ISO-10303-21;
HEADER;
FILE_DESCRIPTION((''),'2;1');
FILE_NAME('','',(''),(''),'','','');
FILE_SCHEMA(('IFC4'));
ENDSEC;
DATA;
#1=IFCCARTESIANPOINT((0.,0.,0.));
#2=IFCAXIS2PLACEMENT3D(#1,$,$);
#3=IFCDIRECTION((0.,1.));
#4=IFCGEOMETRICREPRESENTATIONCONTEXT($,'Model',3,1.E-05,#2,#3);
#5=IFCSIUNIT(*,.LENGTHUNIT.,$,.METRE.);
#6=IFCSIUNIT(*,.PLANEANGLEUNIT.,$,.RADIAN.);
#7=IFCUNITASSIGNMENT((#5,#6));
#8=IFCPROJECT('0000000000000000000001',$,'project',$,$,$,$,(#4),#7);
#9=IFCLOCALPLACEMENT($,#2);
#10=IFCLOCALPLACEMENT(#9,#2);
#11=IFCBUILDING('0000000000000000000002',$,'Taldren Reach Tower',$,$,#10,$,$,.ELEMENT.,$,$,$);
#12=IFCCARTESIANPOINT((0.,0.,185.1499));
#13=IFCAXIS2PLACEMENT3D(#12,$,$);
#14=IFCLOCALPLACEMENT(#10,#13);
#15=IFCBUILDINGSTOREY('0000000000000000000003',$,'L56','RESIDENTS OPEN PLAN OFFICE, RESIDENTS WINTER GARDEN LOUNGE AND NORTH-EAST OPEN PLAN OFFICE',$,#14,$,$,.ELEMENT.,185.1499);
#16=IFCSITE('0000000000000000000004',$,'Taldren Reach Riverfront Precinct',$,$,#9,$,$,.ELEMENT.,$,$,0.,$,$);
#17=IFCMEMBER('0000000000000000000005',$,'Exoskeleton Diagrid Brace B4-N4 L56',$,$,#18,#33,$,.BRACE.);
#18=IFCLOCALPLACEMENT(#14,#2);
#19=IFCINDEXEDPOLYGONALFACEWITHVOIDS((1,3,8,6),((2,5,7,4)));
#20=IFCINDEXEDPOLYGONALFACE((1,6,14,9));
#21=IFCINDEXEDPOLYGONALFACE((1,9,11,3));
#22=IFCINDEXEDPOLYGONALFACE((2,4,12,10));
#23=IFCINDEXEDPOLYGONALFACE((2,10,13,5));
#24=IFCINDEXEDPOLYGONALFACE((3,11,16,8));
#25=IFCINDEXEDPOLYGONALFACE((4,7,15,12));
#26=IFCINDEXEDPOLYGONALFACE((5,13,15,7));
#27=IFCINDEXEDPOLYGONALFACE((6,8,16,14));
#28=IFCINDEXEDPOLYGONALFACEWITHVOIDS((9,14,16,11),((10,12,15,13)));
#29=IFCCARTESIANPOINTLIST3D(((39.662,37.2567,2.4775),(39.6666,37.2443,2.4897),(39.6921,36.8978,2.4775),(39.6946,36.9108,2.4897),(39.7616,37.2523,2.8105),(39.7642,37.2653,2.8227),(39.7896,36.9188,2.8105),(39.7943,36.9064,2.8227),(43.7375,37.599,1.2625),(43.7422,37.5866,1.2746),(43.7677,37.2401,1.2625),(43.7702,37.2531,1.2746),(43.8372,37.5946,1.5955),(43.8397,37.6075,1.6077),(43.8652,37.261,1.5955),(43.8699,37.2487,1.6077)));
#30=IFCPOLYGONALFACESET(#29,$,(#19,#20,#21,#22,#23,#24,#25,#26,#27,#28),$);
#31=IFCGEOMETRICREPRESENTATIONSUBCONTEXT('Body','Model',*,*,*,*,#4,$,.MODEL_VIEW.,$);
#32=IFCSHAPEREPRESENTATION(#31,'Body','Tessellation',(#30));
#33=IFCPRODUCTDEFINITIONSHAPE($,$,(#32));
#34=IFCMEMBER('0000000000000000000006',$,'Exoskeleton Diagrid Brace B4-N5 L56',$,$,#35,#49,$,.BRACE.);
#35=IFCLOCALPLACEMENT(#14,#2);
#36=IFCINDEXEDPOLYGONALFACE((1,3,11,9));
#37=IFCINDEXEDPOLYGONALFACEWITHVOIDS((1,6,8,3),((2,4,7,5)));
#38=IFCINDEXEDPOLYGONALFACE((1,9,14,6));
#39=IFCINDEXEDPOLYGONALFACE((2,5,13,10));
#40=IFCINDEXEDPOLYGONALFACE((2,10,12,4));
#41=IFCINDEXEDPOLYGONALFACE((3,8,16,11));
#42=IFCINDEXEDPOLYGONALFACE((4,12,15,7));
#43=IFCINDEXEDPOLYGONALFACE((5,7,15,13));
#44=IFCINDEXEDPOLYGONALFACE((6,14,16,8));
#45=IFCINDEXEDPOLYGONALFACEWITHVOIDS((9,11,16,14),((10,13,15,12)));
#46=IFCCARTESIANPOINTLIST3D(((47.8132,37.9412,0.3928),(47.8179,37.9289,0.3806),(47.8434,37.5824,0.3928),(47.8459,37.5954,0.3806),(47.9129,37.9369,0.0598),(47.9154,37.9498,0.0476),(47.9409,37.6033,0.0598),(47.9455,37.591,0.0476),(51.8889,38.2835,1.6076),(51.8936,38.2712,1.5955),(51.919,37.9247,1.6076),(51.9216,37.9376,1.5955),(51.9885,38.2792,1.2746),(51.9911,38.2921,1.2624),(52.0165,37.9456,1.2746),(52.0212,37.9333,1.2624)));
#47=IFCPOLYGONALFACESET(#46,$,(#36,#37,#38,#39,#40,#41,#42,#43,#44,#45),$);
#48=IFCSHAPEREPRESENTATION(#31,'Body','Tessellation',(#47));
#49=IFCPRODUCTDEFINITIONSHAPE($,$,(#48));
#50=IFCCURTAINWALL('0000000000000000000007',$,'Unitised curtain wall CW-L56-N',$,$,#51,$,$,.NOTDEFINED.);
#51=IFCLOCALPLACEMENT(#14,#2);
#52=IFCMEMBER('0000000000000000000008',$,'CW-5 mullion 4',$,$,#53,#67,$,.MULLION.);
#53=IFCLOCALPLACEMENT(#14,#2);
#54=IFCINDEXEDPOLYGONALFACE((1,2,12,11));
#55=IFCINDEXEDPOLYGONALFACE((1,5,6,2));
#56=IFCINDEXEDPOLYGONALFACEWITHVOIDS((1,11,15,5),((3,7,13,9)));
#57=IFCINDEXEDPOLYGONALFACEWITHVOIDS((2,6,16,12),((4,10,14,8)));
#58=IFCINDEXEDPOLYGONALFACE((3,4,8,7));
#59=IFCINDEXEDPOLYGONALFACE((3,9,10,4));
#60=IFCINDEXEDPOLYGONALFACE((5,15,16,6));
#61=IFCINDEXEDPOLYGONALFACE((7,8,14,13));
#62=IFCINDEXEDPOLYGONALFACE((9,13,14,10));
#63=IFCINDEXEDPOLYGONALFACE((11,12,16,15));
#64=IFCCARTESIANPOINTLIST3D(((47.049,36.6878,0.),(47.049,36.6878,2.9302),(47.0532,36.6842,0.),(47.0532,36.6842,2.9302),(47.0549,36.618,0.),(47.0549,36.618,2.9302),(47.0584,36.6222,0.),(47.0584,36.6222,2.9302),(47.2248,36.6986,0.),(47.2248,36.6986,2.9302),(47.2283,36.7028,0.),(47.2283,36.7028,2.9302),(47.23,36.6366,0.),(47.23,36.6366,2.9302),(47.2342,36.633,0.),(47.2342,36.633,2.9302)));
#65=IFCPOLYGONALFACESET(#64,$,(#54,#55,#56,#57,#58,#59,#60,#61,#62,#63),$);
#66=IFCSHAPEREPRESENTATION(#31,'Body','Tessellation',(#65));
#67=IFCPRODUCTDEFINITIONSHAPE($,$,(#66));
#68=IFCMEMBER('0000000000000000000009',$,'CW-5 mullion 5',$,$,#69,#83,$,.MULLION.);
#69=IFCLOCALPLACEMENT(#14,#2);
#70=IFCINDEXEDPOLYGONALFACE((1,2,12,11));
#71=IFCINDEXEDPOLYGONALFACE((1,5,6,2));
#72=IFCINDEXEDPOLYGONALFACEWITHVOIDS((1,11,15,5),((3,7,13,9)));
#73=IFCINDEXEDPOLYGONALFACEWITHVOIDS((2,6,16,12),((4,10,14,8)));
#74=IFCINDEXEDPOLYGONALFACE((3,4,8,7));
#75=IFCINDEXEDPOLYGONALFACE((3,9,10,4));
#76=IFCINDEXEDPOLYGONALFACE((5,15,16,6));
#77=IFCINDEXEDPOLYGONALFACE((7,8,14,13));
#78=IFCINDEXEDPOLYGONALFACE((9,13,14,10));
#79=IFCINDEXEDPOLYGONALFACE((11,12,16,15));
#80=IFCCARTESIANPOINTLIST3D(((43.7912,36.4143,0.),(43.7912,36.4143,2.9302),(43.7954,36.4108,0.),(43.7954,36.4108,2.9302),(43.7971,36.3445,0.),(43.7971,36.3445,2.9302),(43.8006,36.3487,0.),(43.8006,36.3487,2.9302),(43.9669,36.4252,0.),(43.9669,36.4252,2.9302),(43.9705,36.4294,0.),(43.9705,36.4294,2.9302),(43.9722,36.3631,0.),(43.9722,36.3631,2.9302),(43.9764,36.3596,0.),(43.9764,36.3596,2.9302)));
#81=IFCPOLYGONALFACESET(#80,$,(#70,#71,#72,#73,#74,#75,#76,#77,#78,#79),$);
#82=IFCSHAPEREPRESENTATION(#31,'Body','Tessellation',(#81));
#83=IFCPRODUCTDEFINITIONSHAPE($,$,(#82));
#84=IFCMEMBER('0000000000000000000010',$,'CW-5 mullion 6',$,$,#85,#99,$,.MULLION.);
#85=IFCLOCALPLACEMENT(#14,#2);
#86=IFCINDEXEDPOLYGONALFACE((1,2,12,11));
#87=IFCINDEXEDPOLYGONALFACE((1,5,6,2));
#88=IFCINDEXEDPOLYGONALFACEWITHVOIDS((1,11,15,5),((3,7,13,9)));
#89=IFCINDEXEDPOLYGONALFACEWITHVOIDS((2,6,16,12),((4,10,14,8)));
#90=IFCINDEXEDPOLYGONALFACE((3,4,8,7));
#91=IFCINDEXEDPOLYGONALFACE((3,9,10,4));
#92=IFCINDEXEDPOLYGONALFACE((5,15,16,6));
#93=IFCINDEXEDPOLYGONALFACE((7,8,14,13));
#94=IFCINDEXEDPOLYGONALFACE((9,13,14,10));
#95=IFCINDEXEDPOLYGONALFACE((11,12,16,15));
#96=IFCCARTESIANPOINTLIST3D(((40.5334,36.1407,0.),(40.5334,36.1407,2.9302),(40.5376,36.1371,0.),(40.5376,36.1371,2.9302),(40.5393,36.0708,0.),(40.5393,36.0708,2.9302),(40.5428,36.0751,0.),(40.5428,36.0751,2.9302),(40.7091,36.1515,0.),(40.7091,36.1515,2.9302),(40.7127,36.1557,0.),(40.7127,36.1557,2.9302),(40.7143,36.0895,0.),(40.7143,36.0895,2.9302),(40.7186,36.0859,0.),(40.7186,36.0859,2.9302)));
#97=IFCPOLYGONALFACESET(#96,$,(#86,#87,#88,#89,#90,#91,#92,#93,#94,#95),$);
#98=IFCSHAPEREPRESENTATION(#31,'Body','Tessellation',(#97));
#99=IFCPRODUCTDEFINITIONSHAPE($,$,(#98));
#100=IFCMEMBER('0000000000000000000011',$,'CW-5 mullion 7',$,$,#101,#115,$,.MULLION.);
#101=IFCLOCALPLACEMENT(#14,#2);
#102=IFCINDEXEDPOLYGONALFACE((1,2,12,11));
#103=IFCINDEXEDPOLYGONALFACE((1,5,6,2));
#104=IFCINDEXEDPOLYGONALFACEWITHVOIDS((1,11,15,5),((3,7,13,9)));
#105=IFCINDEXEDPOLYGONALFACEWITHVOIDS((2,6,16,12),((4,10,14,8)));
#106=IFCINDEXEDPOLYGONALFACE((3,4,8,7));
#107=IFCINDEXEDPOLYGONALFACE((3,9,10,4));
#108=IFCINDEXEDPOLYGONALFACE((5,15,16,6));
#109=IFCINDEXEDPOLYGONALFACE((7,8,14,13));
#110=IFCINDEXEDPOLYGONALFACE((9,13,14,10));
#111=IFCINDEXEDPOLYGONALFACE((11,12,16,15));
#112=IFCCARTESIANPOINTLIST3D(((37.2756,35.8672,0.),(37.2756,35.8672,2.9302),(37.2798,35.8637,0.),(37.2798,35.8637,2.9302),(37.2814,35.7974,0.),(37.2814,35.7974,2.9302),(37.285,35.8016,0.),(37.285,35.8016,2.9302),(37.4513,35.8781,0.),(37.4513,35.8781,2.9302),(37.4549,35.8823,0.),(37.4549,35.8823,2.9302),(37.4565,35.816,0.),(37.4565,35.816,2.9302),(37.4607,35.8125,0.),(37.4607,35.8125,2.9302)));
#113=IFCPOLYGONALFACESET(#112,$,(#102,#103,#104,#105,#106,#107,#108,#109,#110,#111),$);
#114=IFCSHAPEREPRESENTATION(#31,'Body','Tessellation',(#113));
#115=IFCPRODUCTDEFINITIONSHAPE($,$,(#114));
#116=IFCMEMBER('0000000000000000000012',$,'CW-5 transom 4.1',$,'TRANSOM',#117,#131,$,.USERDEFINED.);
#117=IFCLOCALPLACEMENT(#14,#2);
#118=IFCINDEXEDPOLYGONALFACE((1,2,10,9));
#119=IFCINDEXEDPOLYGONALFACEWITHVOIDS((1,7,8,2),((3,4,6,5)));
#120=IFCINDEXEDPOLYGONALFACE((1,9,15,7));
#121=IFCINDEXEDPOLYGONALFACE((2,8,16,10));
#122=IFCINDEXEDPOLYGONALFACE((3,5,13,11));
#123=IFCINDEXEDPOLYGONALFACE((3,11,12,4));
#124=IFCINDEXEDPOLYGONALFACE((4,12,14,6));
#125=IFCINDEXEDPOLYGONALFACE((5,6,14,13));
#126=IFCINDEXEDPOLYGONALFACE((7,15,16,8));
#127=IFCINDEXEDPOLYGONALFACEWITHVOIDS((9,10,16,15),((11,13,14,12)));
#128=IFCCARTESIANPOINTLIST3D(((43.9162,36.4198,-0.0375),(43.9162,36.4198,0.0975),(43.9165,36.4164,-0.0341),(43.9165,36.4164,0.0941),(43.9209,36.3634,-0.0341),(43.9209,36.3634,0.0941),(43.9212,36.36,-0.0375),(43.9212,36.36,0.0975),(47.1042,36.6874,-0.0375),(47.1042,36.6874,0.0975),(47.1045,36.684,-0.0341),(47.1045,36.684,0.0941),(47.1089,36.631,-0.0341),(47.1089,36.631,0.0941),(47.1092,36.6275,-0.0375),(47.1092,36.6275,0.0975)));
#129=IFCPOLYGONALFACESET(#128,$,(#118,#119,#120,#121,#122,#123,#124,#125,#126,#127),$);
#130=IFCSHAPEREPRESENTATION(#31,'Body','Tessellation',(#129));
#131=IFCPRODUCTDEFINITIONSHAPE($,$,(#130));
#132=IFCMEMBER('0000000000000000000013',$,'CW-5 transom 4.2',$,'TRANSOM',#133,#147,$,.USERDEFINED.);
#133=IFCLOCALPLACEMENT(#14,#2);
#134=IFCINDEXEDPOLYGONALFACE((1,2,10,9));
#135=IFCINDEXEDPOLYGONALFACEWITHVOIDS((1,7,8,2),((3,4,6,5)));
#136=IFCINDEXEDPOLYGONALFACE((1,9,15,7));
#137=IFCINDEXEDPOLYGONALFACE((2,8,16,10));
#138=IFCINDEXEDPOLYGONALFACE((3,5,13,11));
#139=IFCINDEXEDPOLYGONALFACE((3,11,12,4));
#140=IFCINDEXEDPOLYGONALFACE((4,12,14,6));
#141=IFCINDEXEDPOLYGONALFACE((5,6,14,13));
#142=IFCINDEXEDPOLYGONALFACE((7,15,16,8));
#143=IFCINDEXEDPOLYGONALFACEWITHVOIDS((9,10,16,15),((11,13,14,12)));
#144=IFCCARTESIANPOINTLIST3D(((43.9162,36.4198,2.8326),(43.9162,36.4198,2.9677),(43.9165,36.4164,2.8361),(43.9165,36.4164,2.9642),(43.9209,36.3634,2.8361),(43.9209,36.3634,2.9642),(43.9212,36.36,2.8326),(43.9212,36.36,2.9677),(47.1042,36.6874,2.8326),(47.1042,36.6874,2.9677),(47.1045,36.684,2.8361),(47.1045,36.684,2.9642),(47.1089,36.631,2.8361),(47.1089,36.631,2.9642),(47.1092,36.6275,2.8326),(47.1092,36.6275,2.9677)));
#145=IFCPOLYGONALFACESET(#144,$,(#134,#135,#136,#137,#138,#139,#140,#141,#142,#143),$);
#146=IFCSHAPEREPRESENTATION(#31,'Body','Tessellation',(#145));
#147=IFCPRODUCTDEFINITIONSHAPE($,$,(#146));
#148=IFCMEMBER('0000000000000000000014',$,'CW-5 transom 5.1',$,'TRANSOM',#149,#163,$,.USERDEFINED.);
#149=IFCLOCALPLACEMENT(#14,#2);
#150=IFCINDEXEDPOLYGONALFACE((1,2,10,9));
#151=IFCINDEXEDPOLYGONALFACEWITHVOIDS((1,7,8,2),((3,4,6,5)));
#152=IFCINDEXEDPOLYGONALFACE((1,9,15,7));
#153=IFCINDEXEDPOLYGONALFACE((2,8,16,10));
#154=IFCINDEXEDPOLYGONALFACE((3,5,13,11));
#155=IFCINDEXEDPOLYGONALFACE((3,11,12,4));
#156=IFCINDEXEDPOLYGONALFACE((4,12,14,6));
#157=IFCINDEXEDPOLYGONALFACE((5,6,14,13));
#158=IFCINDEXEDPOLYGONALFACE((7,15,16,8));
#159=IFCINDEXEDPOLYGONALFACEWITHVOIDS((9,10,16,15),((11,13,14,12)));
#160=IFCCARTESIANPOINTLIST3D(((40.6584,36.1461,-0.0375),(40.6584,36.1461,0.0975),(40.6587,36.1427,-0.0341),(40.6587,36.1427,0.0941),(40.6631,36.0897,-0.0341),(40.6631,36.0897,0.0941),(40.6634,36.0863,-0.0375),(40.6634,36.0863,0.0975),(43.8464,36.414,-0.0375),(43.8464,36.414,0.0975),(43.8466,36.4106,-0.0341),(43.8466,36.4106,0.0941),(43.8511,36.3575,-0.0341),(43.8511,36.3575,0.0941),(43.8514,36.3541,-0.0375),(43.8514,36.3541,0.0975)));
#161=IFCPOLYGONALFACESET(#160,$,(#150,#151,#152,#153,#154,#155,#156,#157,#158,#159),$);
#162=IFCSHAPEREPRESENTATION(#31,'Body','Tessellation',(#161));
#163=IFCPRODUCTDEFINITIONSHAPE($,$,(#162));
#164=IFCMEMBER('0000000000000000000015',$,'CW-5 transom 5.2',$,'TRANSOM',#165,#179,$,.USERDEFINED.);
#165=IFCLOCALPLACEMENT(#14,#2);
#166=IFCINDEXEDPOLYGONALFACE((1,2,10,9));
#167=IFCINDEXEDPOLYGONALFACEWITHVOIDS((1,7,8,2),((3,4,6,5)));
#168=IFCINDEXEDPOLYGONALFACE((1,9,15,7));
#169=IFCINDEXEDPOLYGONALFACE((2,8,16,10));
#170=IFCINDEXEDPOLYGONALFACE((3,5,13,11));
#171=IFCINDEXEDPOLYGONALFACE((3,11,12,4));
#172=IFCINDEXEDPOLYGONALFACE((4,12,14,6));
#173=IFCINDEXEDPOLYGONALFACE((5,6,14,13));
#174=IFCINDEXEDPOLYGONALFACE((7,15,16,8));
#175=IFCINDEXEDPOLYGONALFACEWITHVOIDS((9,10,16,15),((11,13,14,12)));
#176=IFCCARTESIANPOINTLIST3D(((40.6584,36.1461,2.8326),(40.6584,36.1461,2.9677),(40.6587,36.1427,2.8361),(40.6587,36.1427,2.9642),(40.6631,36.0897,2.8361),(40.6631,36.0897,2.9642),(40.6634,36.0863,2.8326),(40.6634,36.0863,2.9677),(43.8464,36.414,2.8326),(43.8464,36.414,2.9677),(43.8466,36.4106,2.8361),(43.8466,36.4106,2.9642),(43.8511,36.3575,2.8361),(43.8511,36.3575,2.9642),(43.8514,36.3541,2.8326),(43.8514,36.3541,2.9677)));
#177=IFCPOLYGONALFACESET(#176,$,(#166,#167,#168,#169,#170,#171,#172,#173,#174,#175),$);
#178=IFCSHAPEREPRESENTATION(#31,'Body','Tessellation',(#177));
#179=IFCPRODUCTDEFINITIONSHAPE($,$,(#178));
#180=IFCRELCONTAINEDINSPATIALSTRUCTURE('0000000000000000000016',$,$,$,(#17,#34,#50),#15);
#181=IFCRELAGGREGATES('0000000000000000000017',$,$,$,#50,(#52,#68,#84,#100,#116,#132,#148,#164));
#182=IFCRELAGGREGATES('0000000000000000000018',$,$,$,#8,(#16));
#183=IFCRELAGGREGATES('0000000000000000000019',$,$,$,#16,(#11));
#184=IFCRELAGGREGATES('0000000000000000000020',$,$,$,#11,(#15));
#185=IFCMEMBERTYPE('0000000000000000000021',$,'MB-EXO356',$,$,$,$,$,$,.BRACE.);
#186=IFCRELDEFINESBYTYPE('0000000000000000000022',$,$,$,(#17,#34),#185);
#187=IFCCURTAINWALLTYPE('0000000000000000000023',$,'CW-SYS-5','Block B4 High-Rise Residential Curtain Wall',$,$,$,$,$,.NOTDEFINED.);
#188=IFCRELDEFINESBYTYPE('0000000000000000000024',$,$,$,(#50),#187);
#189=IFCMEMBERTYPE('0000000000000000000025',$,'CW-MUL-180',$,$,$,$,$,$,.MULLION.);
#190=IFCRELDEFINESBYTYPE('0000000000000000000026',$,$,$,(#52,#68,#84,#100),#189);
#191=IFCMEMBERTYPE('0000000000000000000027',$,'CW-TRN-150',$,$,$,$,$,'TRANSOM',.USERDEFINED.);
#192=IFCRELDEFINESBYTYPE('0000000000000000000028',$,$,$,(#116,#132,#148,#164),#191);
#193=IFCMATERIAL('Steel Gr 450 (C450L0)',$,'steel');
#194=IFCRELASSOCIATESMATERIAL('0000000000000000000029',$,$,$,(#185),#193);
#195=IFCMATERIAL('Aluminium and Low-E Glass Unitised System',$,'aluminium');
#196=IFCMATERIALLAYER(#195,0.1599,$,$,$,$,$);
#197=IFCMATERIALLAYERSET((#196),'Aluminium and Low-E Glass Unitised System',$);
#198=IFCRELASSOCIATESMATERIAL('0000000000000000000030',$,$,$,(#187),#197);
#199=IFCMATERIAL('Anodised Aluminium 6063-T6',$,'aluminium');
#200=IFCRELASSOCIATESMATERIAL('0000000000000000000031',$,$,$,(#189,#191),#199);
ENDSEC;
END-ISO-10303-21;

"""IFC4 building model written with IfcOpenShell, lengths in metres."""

from ifc_helpers import new_model, si_unit, direction, frame, origin, origin_2d, place, context, subcontext, project, spatial, hollow_rectangle, extrude, source, transform, mapped, material, layer, layer_set, material_profile, profile_set, type_object, element, aggregate, save


model = new_model("IFC4")

# Units and contexts
model_context = context("Model", 3, precision=1e-05, world=origin(), true_north=direction((0.0, 1.0)))
body_context = subcontext(model_context, "Body", "Model", "MODEL_VIEW")
ifc_project = project(units=[si_unit("LENGTHUNIT", "METRE"), si_unit("PLANEANGLEUNIT", "RADIAN")], contexts=[model_context])

# Site, building, storey
site_placement = place(None, origin())
site = spatial("IfcSite", under=ifc_project, at=site_placement, Name="Taldren Reach Riverfront Precinct", CompositionType="ELEMENT", RefElevation=0.0)
building_placement = place(site_placement, origin())
building = spatial("IfcBuilding", under=site, at=building_placement, Name="Taldren Reach Tower", CompositionType="ELEMENT")
storey_placement = place(building_placement, frame((0.0, 0.0, 185.1499)))
storey = spatial("IfcBuildingStorey", under=building, at=storey_placement, Name="L56", Description="RESIDENTS OPEN PLAN OFFICE, RESIDENTS WINTER GARDEN LOUNGE AND NORTH-EAST OPEN PLAN OFFICE", CompositionType="ELEMENT", Elevation=185.1499)

# Members
ifc_material_1 = material(Name="Steel Gr 450 (C450L0)", Category="steel")
ifc_material_profile_1 = material_profile(ifc_material_1, hollow_rectangle(XDim=0.3601, YDim=0.3601, WallThickness=0.0127, at=origin_2d()), Name="360x360x12.7SHS")
ifc_profile_set_1 = profile_set([ifc_material_profile_1], Name="Steel Gr 450 (C450L0)")
member_type_1 = type_object("IfcMemberType", Name="MB-EXO356", PredefinedType="BRACE", material=ifc_profile_set_1)
shared_shape_1 = source(origin(), body_context, "Body", "SweptSolid", [
    extrude(hollow_rectangle(XDim=0.3601, YDim=0.3601, WallThickness=0.0127, at=origin_2d()), origin(), (0.0, 0.0, 1.0), 4.2666),
])
for number, where, z_axis, x_axis, name in (
    (1, (43.8037, 37.4238, 1.4351), (-0.955229, -0.080222, 0.284783), (0.083688, -0.996492, 0.0), "Exoskeleton Diagrid Brace B4-N4 L56"),
    (2, (47.8794, 37.7661, 0.2202), (0.955245, 0.080224, 0.284731), (-0.083688, 0.996492, 0.0), "Exoskeleton Diagrid Brace B4-N5 L56"),
):
    element("IfcMember", number, at=place(storey_placement, frame(where, z_axis=z_axis, x_axis=x_axis)), inside=storey, type_object=member_type_1, Name=name, PredefinedType="BRACE", context=body_context, shape_type="MappedRepresentation", body=[
        mapped(shared_shape_1, transform((0.0, 0.0, 0.0), scale=1.0)),
    ])

# Curtain wall, members
ifc_material_2 = material(Name="Aluminium and Low-E Glass Unitised System", Category="aluminium")
ifc_layer_1 = layer(ifc_material_2, 0.1599)
ifc_layer_set_1 = layer_set([ifc_layer_1], Name="Aluminium and Low-E Glass Unitised System")
curtain_wall_type = type_object("IfcCurtainWallType", Name="CW-SYS-5", Description="Block B4 High-Rise Residential Curtain Wall", PredefinedType="NOTDEFINED", material=ifc_layer_set_1)
curtain_wall_placement = place(storey_placement, origin())
curtain_wall = element("IfcCurtainWall", 3, at=curtain_wall_placement, inside=storey, type_object=curtain_wall_type, Name="Unitised curtain wall CW-L56-N", PredefinedType="NOTDEFINED")
ifc_material_3 = material(Name="Anodised Aluminium 6063-T6", Category="aluminium")
ifc_material_profile_2 = material_profile(ifc_material_3, hollow_rectangle(XDim=0.0701, YDim=0.1799, WallThickness=0.0039, at=origin_2d()), Name="ALU-180x70x4RHS")
ifc_profile_set_2 = profile_set([ifc_material_profile_2], Name="Anodised Aluminium 6063-T6")
member_type_2 = type_object("IfcMemberType", Name="CW-MUL-180", PredefinedType="MULLION", material=ifc_profile_set_2)
shared_shape_2 = source(origin(), body_context, "Body", "SweptSolid", [
    extrude(hollow_rectangle(XDim=0.0701, YDim=0.1799, WallThickness=0.0039, at=origin_2d()), origin(), (0.0, 0.0, 1.0), 2.9302),
])
member_1_placement = place(storey_placement, frame((47.1416, 36.6604, 0.0), z_axis=(0.0, 0.0, 1.0), x_axis=(0.083678, -0.996493, 0.0)))
member_1 = element("IfcMember", 4, at=member_1_placement, type_object=member_type_2, Name="CW-5 mullion 4", PredefinedType="MULLION", context=body_context, shape_type="MappedRepresentation", body=[
    mapped(shared_shape_2, transform((0.0, 0.0, 0.0), scale=1.0)),
])
member_2_placement = place(storey_placement, frame((43.8838, 36.387, 0.0), z_axis=(0.0, 0.0, 1.0), x_axis=(0.083678, -0.996493, 0.0)))
member_2 = element("IfcMember", 5, at=member_2_placement, type_object=member_type_2, Name="CW-5 mullion 5", PredefinedType="MULLION", context=body_context, shape_type="MappedRepresentation", body=[
    mapped(shared_shape_2, transform((0.0, 0.0, 0.0), scale=1.0)),
])
member_3_placement = place(storey_placement, frame((40.626, 36.1133, 0.0), z_axis=(0.0, 0.0, 1.0), x_axis=(0.083678, -0.996493, 0.0)))
member_3 = element("IfcMember", 6, at=member_3_placement, type_object=member_type_2, Name="CW-5 mullion 6", PredefinedType="MULLION", context=body_context, shape_type="MappedRepresentation", body=[
    mapped(shared_shape_2, transform((0.0, 0.0, 0.0), scale=1.0)),
])
member_4_placement = place(storey_placement, frame((37.3682, 35.8398, 0.0), z_axis=(0.0, 0.0, 1.0), x_axis=(0.083678, -0.996493, 0.0)))
member_4 = element("IfcMember", 7, at=member_4_placement, type_object=member_type_2, Name="CW-5 mullion 7", PredefinedType="MULLION", context=body_context, shape_type="MappedRepresentation", body=[
    mapped(shared_shape_2, transform((0.0, 0.0, 0.0), scale=1.0)),
])
ifc_material_profile_3 = material_profile(ifc_material_3, hollow_rectangle(XDim=0.0601, YDim=0.135, WallThickness=0.0034, at=origin_2d()), Name="ALU-135x60x3.5RHS")
ifc_profile_set_3 = profile_set([ifc_material_profile_3], Name="Anodised Aluminium 6063-T6")
member_type_3 = type_object("IfcMemberType", Name="CW-TRN-150", ElementType="TRANSOM", PredefinedType="USERDEFINED", material=ifc_profile_set_3)
shared_shape_3 = source(origin(), body_context, "Body", "SweptSolid", [
    extrude(hollow_rectangle(XDim=0.0601, YDim=0.135, WallThickness=0.0034, at=origin_2d()), origin(), (0.0, 0.0, 1.0), 3.1992),
])
member_5_placement = place(storey_placement, frame((47.1067, 36.6575, 0.03), z_axis=(-0.996496, -0.083639, 0.0), x_axis=(0.083639, -0.996496, 0.0)))
member_5 = element("IfcMember", 8, at=member_5_placement, type_object=member_type_3, Name="CW-5 transom 4.1", ObjectType="TRANSOM", PredefinedType="USERDEFINED", context=body_context, shape_type="MappedRepresentation", body=[
    mapped(shared_shape_3, transform((0.0, 0.0, 0.0), scale=1.0)),
])
member_6_placement = place(storey_placement, frame((47.1067, 36.6575, 2.9001), z_axis=(-0.996496, -0.083639, 0.0), x_axis=(0.083639, -0.996496, 0.0)))
member_6 = element("IfcMember", 9, at=member_6_placement, type_object=member_type_3, Name="CW-5 transom 4.2", ObjectType="TRANSOM", PredefinedType="USERDEFINED", context=body_context, shape_type="MappedRepresentation", body=[
    mapped(shared_shape_3, transform((0.0, 0.0, 0.0), scale=1.0)),
])
member_7_placement = place(storey_placement, frame((43.8489, 36.384, 0.03), z_axis=(-0.99649, -0.083715, 0.0), x_axis=(0.083715, -0.99649, 0.0)))
member_7 = element("IfcMember", 10, at=member_7_placement, type_object=member_type_3, Name="CW-5 transom 5.1", ObjectType="TRANSOM", PredefinedType="USERDEFINED", context=body_context, shape_type="MappedRepresentation", body=[
    mapped(shared_shape_3, transform((0.0, 0.0, 0.0), scale=1.0)),
])
member_8_placement = place(storey_placement, frame((43.8489, 36.384, 2.9001), z_axis=(-0.99649, -0.083715, 0.0), x_axis=(0.083715, -0.99649, 0.0)))
member_8 = element("IfcMember", 11, at=member_8_placement, type_object=member_type_3, Name="CW-5 transom 5.2", ObjectType="TRANSOM", PredefinedType="USERDEFINED", context=body_context, shape_type="MappedRepresentation", body=[
    mapped(shared_shape_3, transform((0.0, 0.0, 0.0), scale=1.0)),
])

aggregate(curtain_wall, [member_1, member_2, member_3, member_4, member_5, member_6, member_7, member_8])

save(model, "model.ifc")
